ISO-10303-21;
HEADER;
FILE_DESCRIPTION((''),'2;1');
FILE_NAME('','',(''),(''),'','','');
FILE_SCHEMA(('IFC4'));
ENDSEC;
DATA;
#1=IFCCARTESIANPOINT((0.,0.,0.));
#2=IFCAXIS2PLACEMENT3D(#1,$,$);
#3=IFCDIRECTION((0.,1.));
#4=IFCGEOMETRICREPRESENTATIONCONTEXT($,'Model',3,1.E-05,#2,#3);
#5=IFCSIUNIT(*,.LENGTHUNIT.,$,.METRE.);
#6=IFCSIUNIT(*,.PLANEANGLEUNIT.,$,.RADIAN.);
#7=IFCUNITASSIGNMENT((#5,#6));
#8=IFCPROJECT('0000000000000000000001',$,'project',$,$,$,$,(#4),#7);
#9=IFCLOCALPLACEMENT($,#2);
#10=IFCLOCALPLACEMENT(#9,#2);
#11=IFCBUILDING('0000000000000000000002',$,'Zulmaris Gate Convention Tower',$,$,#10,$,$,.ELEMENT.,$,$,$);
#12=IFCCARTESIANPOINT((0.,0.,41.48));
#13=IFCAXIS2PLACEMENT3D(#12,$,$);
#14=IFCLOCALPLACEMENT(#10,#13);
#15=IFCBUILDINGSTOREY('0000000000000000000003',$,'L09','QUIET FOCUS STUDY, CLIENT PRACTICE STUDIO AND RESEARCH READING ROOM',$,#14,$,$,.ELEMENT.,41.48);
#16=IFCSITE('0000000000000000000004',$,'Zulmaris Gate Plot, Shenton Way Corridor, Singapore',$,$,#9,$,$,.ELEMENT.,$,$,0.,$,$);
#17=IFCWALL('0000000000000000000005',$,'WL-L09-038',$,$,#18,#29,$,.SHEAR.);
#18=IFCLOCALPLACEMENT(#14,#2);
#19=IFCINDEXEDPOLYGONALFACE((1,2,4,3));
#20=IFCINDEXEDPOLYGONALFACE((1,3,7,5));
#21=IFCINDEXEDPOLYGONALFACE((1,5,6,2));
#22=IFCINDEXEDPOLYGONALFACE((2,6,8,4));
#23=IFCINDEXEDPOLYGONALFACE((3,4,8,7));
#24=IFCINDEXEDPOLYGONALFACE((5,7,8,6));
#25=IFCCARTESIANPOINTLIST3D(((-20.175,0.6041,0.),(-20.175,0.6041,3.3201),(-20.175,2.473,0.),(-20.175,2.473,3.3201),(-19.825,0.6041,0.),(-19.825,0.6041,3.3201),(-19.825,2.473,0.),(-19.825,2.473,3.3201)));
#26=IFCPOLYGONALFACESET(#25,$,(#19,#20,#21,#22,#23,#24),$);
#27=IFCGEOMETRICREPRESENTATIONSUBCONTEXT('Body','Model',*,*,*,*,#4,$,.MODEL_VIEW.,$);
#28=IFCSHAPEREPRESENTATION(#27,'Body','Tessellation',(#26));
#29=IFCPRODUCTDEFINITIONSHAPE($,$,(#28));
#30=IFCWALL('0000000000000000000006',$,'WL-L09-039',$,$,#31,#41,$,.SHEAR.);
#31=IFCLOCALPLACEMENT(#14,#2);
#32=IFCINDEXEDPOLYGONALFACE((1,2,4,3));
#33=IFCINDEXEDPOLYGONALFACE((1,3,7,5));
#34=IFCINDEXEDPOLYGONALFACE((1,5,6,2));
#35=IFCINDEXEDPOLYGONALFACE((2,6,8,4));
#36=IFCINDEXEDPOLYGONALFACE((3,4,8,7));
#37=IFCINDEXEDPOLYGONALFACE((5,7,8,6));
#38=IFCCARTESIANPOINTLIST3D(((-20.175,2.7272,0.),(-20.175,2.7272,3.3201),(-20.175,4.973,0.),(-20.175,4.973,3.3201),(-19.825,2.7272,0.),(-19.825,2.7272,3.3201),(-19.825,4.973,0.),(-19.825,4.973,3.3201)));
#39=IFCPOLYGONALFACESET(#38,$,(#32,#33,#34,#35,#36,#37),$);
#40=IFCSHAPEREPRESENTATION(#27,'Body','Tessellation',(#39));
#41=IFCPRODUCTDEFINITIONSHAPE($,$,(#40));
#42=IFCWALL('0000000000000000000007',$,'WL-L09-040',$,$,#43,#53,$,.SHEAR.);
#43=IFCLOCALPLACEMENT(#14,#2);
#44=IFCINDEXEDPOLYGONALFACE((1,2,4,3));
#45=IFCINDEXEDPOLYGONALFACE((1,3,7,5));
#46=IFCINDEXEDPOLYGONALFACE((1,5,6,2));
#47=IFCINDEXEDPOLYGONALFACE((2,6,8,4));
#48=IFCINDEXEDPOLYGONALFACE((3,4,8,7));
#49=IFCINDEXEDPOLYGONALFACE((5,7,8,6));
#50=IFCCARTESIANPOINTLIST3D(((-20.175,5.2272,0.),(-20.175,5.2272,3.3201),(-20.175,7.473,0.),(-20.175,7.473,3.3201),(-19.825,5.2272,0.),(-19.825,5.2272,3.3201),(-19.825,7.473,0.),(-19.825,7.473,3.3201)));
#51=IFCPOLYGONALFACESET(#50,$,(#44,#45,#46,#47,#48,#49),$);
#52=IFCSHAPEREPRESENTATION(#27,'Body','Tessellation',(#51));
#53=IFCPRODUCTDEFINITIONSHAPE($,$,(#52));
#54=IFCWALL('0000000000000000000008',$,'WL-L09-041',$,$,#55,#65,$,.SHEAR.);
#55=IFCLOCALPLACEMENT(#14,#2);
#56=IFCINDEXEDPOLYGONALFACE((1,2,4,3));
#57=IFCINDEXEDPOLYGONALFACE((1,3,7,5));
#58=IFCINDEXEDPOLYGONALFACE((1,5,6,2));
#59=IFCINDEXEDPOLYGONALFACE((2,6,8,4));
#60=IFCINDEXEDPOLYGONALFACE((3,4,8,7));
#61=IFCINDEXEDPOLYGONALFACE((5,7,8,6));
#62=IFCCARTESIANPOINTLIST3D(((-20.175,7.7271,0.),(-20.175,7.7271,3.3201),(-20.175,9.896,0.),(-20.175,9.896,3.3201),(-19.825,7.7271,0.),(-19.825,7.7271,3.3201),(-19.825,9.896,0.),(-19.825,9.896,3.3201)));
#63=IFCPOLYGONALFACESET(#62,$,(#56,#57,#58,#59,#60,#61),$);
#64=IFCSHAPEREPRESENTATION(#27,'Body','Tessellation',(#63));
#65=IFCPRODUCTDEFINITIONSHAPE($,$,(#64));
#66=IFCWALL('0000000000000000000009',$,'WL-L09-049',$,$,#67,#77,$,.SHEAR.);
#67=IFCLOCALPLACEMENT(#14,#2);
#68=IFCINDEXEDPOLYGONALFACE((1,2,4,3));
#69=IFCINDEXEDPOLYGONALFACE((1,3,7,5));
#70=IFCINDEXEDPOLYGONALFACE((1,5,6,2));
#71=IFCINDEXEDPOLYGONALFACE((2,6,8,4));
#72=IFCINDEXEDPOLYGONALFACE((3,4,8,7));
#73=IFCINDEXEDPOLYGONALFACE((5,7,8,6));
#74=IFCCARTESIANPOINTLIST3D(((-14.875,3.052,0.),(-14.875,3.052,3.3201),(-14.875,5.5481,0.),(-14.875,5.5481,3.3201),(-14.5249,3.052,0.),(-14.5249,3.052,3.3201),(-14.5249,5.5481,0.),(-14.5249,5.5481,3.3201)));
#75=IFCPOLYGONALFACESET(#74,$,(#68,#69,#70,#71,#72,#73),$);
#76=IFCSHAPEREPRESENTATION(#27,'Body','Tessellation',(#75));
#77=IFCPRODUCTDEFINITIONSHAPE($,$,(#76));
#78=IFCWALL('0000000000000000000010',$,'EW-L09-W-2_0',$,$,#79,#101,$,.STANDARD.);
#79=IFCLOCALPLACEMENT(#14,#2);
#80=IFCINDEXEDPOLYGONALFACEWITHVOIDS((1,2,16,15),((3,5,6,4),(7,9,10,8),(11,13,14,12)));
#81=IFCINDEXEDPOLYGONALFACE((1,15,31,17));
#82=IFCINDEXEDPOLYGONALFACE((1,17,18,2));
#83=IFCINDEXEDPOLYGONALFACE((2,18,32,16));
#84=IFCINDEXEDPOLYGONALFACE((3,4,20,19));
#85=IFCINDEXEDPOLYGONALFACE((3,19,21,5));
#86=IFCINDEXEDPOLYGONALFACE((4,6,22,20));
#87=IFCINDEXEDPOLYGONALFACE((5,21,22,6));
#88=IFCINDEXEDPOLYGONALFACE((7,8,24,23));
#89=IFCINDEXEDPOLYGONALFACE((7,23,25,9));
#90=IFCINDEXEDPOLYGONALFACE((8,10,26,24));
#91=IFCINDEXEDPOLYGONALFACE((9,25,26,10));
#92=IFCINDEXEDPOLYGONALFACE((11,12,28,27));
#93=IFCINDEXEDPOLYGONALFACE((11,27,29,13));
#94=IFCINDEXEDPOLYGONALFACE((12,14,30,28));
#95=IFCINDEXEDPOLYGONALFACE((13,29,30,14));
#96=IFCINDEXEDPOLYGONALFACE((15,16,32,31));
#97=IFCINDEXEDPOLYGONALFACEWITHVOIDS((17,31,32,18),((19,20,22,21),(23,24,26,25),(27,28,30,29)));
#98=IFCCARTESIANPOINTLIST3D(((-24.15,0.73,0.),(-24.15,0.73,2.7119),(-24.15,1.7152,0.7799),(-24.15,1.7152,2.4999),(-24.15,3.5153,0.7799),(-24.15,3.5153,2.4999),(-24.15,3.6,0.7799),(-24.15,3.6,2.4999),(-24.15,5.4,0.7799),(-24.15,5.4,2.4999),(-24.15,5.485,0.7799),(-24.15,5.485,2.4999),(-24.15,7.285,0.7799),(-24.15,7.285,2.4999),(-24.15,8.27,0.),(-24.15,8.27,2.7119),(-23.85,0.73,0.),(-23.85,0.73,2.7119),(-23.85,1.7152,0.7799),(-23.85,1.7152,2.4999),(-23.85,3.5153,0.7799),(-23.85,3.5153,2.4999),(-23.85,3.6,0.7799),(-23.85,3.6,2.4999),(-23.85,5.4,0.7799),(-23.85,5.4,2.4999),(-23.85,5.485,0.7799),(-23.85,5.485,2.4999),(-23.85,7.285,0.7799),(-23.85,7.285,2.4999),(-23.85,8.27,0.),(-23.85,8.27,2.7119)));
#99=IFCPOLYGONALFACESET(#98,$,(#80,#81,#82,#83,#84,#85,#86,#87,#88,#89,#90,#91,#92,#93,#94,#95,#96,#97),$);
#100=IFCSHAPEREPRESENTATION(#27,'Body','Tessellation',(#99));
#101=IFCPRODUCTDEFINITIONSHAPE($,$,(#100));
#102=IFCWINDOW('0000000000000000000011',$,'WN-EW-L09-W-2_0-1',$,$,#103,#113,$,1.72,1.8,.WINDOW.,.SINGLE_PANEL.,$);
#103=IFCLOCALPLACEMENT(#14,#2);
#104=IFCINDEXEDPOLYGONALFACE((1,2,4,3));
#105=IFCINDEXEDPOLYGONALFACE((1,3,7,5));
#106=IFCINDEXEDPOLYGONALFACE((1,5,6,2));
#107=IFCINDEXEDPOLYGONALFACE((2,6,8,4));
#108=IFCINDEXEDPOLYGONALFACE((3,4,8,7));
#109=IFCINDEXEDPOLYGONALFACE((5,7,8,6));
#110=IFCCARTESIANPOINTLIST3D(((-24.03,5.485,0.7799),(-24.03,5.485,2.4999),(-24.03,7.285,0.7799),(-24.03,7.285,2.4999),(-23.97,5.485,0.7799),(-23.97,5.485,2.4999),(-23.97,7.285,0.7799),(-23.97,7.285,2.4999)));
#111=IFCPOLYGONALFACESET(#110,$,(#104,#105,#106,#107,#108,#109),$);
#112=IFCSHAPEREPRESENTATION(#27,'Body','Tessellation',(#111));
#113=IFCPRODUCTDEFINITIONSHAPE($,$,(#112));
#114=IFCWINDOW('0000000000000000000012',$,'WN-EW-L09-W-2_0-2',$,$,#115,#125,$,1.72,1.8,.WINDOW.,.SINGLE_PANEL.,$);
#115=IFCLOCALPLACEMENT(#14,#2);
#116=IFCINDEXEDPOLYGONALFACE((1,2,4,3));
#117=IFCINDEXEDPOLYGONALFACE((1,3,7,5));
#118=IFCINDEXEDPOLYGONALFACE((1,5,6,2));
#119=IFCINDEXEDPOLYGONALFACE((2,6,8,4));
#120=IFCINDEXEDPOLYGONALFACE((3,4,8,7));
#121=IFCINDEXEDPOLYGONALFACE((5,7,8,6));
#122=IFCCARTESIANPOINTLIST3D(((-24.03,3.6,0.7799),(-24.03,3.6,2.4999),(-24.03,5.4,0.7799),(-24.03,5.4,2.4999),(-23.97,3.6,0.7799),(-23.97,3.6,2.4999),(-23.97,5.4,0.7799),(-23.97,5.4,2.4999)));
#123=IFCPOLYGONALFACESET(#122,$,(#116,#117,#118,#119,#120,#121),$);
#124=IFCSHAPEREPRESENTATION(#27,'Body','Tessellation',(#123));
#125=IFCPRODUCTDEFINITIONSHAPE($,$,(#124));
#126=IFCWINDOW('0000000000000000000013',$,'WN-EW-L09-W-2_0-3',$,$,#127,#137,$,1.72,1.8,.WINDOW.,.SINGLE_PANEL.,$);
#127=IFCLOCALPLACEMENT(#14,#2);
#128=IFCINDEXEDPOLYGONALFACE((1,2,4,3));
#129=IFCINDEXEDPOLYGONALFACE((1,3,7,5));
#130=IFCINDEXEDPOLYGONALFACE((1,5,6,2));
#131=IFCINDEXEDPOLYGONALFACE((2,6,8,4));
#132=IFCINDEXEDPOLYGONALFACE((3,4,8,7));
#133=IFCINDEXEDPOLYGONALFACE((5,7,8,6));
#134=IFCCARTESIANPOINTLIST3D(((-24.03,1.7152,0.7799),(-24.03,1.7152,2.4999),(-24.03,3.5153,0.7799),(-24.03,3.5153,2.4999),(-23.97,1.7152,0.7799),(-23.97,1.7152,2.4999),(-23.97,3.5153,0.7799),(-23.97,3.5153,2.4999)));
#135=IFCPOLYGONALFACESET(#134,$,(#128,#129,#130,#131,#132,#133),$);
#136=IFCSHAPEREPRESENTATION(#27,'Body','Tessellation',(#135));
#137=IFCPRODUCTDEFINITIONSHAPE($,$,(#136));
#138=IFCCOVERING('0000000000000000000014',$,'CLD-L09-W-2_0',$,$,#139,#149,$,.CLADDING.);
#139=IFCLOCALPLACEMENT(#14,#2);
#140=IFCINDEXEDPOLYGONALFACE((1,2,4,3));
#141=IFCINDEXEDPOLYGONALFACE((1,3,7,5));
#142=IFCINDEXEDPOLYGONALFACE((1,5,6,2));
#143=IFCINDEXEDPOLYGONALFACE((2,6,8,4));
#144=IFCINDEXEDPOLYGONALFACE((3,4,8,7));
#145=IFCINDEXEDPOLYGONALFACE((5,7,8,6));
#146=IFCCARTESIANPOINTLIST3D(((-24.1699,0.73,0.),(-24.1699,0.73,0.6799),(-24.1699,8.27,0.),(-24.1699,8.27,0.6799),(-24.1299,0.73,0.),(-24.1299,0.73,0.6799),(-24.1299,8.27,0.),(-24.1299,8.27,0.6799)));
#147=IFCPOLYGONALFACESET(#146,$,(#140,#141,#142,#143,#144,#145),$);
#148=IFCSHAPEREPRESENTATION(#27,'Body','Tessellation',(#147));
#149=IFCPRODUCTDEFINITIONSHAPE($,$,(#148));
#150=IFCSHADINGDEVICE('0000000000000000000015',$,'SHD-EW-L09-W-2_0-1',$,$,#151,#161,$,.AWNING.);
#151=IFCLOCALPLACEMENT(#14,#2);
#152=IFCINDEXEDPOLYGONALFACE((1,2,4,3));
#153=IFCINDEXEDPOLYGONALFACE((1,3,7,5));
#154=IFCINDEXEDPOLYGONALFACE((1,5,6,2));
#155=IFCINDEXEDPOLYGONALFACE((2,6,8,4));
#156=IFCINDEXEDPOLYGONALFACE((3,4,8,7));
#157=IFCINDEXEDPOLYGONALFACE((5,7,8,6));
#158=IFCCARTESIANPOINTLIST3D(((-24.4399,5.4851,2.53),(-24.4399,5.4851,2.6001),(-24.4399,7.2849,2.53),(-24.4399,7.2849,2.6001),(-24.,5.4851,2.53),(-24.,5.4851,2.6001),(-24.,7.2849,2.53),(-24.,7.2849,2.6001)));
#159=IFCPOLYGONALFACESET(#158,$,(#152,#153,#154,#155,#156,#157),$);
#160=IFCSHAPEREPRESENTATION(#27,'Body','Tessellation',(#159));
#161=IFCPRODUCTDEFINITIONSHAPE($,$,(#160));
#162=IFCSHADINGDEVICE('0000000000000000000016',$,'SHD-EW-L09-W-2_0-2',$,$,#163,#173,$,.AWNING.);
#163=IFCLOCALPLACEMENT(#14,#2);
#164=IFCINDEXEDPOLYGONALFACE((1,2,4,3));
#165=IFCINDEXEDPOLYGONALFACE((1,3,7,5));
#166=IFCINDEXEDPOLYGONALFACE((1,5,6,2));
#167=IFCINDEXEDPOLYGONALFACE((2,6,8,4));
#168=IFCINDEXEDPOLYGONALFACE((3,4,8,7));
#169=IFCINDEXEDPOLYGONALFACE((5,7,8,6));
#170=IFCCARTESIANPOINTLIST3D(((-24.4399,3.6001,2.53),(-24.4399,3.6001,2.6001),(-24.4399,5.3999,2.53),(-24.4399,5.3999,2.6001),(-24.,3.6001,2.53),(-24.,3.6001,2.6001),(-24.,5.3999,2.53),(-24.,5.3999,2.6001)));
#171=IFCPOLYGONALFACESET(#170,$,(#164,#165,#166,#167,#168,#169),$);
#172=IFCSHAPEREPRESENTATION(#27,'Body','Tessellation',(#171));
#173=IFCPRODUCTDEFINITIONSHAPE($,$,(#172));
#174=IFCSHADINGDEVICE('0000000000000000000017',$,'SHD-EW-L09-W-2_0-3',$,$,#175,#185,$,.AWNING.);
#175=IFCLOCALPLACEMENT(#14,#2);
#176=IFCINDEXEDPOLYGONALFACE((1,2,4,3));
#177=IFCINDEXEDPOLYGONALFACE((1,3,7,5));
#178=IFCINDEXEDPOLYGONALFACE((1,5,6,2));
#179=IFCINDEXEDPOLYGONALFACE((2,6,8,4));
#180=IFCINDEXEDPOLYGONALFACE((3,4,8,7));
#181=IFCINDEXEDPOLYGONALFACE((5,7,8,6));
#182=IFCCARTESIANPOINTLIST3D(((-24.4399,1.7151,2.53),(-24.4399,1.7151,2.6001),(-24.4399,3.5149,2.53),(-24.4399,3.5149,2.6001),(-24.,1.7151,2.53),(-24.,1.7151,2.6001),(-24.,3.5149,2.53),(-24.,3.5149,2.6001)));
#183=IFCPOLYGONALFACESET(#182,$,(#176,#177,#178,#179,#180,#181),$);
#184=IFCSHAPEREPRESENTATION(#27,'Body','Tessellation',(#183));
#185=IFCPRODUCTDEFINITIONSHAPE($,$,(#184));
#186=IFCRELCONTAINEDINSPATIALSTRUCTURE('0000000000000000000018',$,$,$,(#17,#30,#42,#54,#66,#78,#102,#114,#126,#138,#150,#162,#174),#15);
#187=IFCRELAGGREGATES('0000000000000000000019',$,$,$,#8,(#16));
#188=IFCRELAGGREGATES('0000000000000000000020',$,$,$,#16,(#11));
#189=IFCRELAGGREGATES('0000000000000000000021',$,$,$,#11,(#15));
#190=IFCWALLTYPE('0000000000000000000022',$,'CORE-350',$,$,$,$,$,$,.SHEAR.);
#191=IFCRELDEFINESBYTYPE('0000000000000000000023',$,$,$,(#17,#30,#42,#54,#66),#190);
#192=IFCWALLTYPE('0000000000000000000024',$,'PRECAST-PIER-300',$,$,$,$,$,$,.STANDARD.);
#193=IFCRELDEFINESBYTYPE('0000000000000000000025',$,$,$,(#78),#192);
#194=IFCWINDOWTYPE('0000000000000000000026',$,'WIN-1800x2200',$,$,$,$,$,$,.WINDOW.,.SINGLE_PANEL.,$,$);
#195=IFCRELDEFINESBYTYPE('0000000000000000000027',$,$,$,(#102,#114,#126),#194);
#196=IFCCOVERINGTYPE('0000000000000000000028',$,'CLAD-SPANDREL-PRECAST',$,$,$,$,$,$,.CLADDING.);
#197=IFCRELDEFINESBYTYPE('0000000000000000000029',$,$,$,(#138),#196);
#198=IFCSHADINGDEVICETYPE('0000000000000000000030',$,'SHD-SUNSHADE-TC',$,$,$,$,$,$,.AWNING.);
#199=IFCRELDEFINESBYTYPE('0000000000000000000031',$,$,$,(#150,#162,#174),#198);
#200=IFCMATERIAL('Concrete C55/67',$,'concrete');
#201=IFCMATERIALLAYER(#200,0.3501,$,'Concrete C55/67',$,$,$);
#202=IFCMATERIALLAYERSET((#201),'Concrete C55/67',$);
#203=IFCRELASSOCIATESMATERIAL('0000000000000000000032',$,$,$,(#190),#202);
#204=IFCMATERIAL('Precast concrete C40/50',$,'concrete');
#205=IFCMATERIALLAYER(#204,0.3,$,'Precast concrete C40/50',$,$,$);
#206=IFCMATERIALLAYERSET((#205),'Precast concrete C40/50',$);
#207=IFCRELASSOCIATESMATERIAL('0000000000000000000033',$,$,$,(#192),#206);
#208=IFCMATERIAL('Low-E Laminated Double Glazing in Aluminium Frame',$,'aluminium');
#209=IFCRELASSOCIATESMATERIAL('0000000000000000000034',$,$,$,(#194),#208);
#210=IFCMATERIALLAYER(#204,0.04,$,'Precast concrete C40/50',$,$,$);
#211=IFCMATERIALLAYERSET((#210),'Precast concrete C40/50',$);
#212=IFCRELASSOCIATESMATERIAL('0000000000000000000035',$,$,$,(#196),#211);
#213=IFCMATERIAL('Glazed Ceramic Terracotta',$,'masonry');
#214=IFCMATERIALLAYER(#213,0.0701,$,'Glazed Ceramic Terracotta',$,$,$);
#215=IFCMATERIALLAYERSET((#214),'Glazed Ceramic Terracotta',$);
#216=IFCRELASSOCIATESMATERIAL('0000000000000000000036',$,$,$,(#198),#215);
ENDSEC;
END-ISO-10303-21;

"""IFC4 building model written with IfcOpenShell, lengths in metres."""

from ifc_helpers import new_model, si_unit, direction, frame, frame_2d, origin, place, context, subcontext, project, spatial, rectangle, extrude, material, layer, layer_set, type_object, element, fill, save


model = new_model("IFC4")

# Units and contexts
model_context = context("Model", 3, precision=1e-05, world=origin(), true_north=direction((0.0, 1.0)))
body_context = subcontext(model_context, "Body", "Model", "MODEL_VIEW")
ifc_project = project(units=[si_unit("LENGTHUNIT", "METRE"), si_unit("PLANEANGLEUNIT", "RADIAN")], contexts=[model_context])

# Site, building, storey
site_placement = place(None, origin())
site = spatial("IfcSite", under=ifc_project, at=site_placement, Name="Zulmaris Gate Plot, Shenton Way Corridor, Singapore", CompositionType="ELEMENT", RefElevation=0.0)
building_placement = place(site_placement, origin())
building = spatial("IfcBuilding", under=site, at=building_placement, Name="Zulmaris Gate Convention Tower", CompositionType="ELEMENT")
storey_placement = place(building_placement, frame((0.0, 0.0, 41.48)))
storey = spatial("IfcBuildingStorey", under=building, at=storey_placement, Name="L09", Description="QUIET FOCUS STUDY, CLIENT PRACTICE STUDIO AND RESEARCH READING ROOM", CompositionType="ELEMENT", Elevation=41.48)

# Walls
ifc_material_1 = material(Name="Concrete C55/67", Category="concrete")
ifc_layer_1 = layer(ifc_material_1, 0.3501, Name="Concrete C55/67")
ifc_layer_set_1 = layer_set([ifc_layer_1], Name="Concrete C55/67")
wall_type_1 = type_object("IfcWallType", Name="CORE-350", PredefinedType="SHEAR", material=ifc_layer_set_1)
wall_1_placement = place(storey_placement, frame((-20.0, 0.604, 0.0), z_axis=(0.0, 0.0, 1.0), x_axis=(0.0, 1.0, 0.0)))
element("IfcWall", 1, at=wall_1_placement, inside=storey, type_object=wall_type_1, Name="WL-L09-038", PredefinedType="SHEAR", context=body_context, shape_type="SweptSolid", body=[
    extrude(rectangle(XDim=1.8689, YDim=0.3501, at=frame_2d((0.9346, 0.0))), origin(), (0.0, 0.0, 1.0), 3.3201),
])
for number, where, z_axis, x_axis, name in (
    (2, (-20.0, 2.7271, 0.0), (0.0, 0.0, 1.0), (0.0, 1.0, 0.0), "WL-L09-039"),
    (3, (-20.0, 5.2271, 0.0), (0.0, 0.0, 1.0), (0.0, 1.0, 0.0), "WL-L09-040"),
):
    element("IfcWall", number, at=place(storey_placement, frame(where, z_axis=z_axis, x_axis=x_axis)), inside=storey, type_object=wall_type_1, Name=name, PredefinedType="SHEAR", context=body_context, shape_type="SweptSolid", body=[
        extrude(rectangle(XDim=2.2458, YDim=0.3501, at=frame_2d((1.123, 0.0))), origin(), (0.0, 0.0, 1.0), 3.3201),
    ])
wall_2_placement = place(storey_placement, frame((-20.0, 7.7271, 0.0), z_axis=(0.0, 0.0, 1.0), x_axis=(0.0, 1.0, 0.0)))
element("IfcWall", 4, at=wall_2_placement, inside=storey, type_object=wall_type_1, Name="WL-L09-041", PredefinedType="SHEAR", context=body_context, shape_type="SweptSolid", body=[
    extrude(rectangle(XDim=2.1689, YDim=0.3501, at=frame_2d((1.0845, 0.0))), origin(), (0.0, 0.0, 1.0), 3.3201),
])
wall_3_placement = place(storey_placement, frame((-14.7, 3.052, 0.0), z_axis=(0.0, 0.0, 1.0), x_axis=(0.0, 1.0, 0.0)))
element("IfcWall", 5, at=wall_3_placement, inside=storey, type_object=wall_type_1, Name="WL-L09-049", PredefinedType="SHEAR", context=body_context, shape_type="SweptSolid", body=[
    extrude(rectangle(XDim=2.4961, YDim=0.3501, at=frame_2d((1.248, 0.0))), origin(), (0.0, 0.0, 1.0), 3.3201),
])

# Wall, openings, windows
ifc_material_2 = material(Name="Precast concrete C40/50", Category="concrete")
ifc_layer_2 = layer(ifc_material_2, 0.3, Name="Precast concrete C40/50")
ifc_layer_set_2 = layer_set([ifc_layer_2], Name="Precast concrete C40/50")
wall_type_2 = type_object("IfcWallType", Name="PRECAST-PIER-300", PredefinedType="STANDARD", material=ifc_layer_set_2)
wall_4_placement = place(storey_placement, frame((-24.0, 8.27, 0.0), z_axis=(0.0, 0.0, 1.0), x_axis=(0.0, -1.0, 0.0)))
wall_4 = element("IfcWall", 6, at=wall_4_placement, inside=storey, type_object=wall_type_2, Name="EW-L09-W-2_0", PredefinedType="STANDARD", context=body_context, shape_type="SweptSolid", body=[
    extrude(rectangle(XDim=7.54, YDim=0.3, at=frame_2d((3.77, 0.0))), origin(), (0.0, 0.0, 1.0), 2.7119),
])
opening_1_placement = place(wall_4_placement, frame((0.9851, 0.0, 0.78)))
opening_1 = element("IfcOpeningElement", 7, at=opening_1_placement, cuts=wall_4, PredefinedType="OPENING", context=body_context, shape_type="SweptSolid", body=[
    extrude(rectangle(XDim=1.8, YDim=1.72, at=frame_2d((0.8999, 0.8599))), frame((0.0, 0.1602, 0.0), z_axis=(0.0, -1.0, 0.0), x_axis=(1.0, 0.0, 0.0)), (0.0, 0.0, 1.0), 0.3201),
])
opening_2_placement = place(wall_4_placement, frame((2.8701, 0.0, 0.78)))
opening_2 = element("IfcOpeningElement", 8, at=opening_2_placement, cuts=wall_4, PredefinedType="OPENING", context=body_context, shape_type="SweptSolid", body=[
    extrude(rectangle(XDim=1.8, YDim=1.72, at=frame_2d((0.8999, 0.8599))), frame((0.0, 0.1602, 0.0), z_axis=(0.0, -1.0, 0.0), x_axis=(1.0, 0.0, 0.0)), (0.0, 0.0, 1.0), 0.3201),
])
opening_3_placement = place(wall_4_placement, frame((4.7549, 0.0, 0.78)))
opening_3 = element("IfcOpeningElement", 9, at=opening_3_placement, cuts=wall_4, PredefinedType="OPENING", context=body_context, shape_type="SweptSolid", body=[
    extrude(rectangle(XDim=1.8, YDim=1.72, at=frame_2d((0.8999, 0.8599))), frame((0.0, 0.1602, 0.0), z_axis=(0.0, -1.0, 0.0), x_axis=(1.0, 0.0, 0.0)), (0.0, 0.0, 1.0), 0.3201),
])
ifc_material_3 = material(Name="Low-E Laminated Double Glazing in Aluminium Frame", Category="aluminium")
window_type = type_object("IfcWindowType", Name="WIN-1800x2200", PartitioningType="SINGLE_PANEL", PredefinedType="WINDOW", material=ifc_material_3)
window_1_placement = place(opening_1_placement, origin())
window_1 = element("IfcWindow", 10, at=window_1_placement, inside=storey, type_object=window_type, Name="WN-EW-L09-W-2_0-1", OverallHeight=1.72, OverallWidth=1.8, PartitioningType="SINGLE_PANEL", PredefinedType="WINDOW", context=body_context, shape_type="SweptSolid", body=[
    extrude(rectangle(XDim=1.8, YDim=1.72, at=frame_2d((0.8999, 0.8599))), frame((0.0, 0.03, 0.0), z_axis=(0.0, -1.0, 0.0), x_axis=(1.0, 0.0, 0.0)), (0.0, 0.0, 1.0), 0.0601),
])
fill(opening_1, window_1)
window_2_placement = place(opening_2_placement, origin())
window_2 = element("IfcWindow", 11, at=window_2_placement, inside=storey, type_object=window_type, Name="WN-EW-L09-W-2_0-2", OverallHeight=1.72, OverallWidth=1.8, PartitioningType="SINGLE_PANEL", PredefinedType="WINDOW", context=body_context, shape_type="SweptSolid", body=[
    extrude(rectangle(XDim=1.8, YDim=1.72, at=frame_2d((0.8999, 0.8599))), frame((0.0, 0.03, 0.0), z_axis=(0.0, -1.0, 0.0), x_axis=(1.0, 0.0, 0.0)), (0.0, 0.0, 1.0), 0.0601),
])
fill(opening_2, window_2)
window_3_placement = place(opening_3_placement, origin())
window_3 = element("IfcWindow", 12, at=window_3_placement, inside=storey, type_object=window_type, Name="WN-EW-L09-W-2_0-3", OverallHeight=1.72, OverallWidth=1.8, PartitioningType="SINGLE_PANEL", PredefinedType="WINDOW", context=body_context, shape_type="SweptSolid", body=[
    extrude(rectangle(XDim=1.8, YDim=1.72, at=frame_2d((0.8999, 0.8599))), frame((0.0, 0.03, 0.0), z_axis=(0.0, -1.0, 0.0), x_axis=(1.0, 0.0, 0.0)), (0.0, 0.0, 1.0), 0.0601),
])
fill(opening_3, window_3)

# Covering
ifc_layer_3 = layer(ifc_material_2, 0.04, Name="Precast concrete C40/50")
ifc_layer_set_3 = layer_set([ifc_layer_3], Name="Precast concrete C40/50")
covering_type = type_object("IfcCoveringType", Name="CLAD-SPANDREL-PRECAST", PredefinedType="CLADDING", material=ifc_layer_set_3)
covering_placement = place(storey_placement, frame((-24.1499, 8.27, 0.0), z_axis=(0.0, 0.0, 1.0), x_axis=(0.0, -1.0, 0.0)))
element("IfcCovering", 13, at=covering_placement, inside=storey, type_object=covering_type, Name="CLD-L09-W-2_0", PredefinedType="CLADDING", context=body_context, shape_type="SweptSolid", body=[
    extrude(rectangle(XDim=7.54, YDim=0.04, at=frame_2d((3.77, 0.0))), origin(), (0.0, 0.0, 1.0), 0.6799),
])

# Shading devices
ifc_material_4 = material(Name="Glazed Ceramic Terracotta", Category="masonry")
ifc_layer_4 = layer(ifc_material_4, 0.0701, Name="Glazed Ceramic Terracotta")
ifc_layer_set_4 = layer_set([ifc_layer_4], Name="Glazed Ceramic Terracotta")
shading_device_type = type_object("IfcShadingDeviceType", Name="SHD-SUNSHADE-TC", PredefinedType="AWNING", material=ifc_layer_set_4)
for number, where, z_axis, x_axis, name in (
    (14, (-24.22, 7.2849, 2.53), (0.0, 0.0, 1.0), (0.0, -1.0, 0.0), "SHD-EW-L09-W-2_0-1"),
    (15, (-24.22, 5.3999, 2.53), (0.0, 0.0, 1.0), (0.0, -1.0, 0.0), "SHD-EW-L09-W-2_0-2"),
    (16, (-24.22, 3.5149, 2.53), (0.0, 0.0, 1.0), (0.0, -1.0, 0.0), "SHD-EW-L09-W-2_0-3"),
):
    element("IfcShadingDevice", number, at=place(storey_placement, frame(where, z_axis=z_axis, x_axis=x_axis)), inside=storey, type_object=shading_device_type, Name=name, PredefinedType="AWNING", context=body_context, shape_type="SweptSolid", body=[
        extrude(rectangle(XDim=1.7998, YDim=0.4399, at=frame_2d((0.8999, 0.0))), origin(), (0.0, 0.0, 1.0), 0.0701),
    ])

save(model, "model.ifc")
